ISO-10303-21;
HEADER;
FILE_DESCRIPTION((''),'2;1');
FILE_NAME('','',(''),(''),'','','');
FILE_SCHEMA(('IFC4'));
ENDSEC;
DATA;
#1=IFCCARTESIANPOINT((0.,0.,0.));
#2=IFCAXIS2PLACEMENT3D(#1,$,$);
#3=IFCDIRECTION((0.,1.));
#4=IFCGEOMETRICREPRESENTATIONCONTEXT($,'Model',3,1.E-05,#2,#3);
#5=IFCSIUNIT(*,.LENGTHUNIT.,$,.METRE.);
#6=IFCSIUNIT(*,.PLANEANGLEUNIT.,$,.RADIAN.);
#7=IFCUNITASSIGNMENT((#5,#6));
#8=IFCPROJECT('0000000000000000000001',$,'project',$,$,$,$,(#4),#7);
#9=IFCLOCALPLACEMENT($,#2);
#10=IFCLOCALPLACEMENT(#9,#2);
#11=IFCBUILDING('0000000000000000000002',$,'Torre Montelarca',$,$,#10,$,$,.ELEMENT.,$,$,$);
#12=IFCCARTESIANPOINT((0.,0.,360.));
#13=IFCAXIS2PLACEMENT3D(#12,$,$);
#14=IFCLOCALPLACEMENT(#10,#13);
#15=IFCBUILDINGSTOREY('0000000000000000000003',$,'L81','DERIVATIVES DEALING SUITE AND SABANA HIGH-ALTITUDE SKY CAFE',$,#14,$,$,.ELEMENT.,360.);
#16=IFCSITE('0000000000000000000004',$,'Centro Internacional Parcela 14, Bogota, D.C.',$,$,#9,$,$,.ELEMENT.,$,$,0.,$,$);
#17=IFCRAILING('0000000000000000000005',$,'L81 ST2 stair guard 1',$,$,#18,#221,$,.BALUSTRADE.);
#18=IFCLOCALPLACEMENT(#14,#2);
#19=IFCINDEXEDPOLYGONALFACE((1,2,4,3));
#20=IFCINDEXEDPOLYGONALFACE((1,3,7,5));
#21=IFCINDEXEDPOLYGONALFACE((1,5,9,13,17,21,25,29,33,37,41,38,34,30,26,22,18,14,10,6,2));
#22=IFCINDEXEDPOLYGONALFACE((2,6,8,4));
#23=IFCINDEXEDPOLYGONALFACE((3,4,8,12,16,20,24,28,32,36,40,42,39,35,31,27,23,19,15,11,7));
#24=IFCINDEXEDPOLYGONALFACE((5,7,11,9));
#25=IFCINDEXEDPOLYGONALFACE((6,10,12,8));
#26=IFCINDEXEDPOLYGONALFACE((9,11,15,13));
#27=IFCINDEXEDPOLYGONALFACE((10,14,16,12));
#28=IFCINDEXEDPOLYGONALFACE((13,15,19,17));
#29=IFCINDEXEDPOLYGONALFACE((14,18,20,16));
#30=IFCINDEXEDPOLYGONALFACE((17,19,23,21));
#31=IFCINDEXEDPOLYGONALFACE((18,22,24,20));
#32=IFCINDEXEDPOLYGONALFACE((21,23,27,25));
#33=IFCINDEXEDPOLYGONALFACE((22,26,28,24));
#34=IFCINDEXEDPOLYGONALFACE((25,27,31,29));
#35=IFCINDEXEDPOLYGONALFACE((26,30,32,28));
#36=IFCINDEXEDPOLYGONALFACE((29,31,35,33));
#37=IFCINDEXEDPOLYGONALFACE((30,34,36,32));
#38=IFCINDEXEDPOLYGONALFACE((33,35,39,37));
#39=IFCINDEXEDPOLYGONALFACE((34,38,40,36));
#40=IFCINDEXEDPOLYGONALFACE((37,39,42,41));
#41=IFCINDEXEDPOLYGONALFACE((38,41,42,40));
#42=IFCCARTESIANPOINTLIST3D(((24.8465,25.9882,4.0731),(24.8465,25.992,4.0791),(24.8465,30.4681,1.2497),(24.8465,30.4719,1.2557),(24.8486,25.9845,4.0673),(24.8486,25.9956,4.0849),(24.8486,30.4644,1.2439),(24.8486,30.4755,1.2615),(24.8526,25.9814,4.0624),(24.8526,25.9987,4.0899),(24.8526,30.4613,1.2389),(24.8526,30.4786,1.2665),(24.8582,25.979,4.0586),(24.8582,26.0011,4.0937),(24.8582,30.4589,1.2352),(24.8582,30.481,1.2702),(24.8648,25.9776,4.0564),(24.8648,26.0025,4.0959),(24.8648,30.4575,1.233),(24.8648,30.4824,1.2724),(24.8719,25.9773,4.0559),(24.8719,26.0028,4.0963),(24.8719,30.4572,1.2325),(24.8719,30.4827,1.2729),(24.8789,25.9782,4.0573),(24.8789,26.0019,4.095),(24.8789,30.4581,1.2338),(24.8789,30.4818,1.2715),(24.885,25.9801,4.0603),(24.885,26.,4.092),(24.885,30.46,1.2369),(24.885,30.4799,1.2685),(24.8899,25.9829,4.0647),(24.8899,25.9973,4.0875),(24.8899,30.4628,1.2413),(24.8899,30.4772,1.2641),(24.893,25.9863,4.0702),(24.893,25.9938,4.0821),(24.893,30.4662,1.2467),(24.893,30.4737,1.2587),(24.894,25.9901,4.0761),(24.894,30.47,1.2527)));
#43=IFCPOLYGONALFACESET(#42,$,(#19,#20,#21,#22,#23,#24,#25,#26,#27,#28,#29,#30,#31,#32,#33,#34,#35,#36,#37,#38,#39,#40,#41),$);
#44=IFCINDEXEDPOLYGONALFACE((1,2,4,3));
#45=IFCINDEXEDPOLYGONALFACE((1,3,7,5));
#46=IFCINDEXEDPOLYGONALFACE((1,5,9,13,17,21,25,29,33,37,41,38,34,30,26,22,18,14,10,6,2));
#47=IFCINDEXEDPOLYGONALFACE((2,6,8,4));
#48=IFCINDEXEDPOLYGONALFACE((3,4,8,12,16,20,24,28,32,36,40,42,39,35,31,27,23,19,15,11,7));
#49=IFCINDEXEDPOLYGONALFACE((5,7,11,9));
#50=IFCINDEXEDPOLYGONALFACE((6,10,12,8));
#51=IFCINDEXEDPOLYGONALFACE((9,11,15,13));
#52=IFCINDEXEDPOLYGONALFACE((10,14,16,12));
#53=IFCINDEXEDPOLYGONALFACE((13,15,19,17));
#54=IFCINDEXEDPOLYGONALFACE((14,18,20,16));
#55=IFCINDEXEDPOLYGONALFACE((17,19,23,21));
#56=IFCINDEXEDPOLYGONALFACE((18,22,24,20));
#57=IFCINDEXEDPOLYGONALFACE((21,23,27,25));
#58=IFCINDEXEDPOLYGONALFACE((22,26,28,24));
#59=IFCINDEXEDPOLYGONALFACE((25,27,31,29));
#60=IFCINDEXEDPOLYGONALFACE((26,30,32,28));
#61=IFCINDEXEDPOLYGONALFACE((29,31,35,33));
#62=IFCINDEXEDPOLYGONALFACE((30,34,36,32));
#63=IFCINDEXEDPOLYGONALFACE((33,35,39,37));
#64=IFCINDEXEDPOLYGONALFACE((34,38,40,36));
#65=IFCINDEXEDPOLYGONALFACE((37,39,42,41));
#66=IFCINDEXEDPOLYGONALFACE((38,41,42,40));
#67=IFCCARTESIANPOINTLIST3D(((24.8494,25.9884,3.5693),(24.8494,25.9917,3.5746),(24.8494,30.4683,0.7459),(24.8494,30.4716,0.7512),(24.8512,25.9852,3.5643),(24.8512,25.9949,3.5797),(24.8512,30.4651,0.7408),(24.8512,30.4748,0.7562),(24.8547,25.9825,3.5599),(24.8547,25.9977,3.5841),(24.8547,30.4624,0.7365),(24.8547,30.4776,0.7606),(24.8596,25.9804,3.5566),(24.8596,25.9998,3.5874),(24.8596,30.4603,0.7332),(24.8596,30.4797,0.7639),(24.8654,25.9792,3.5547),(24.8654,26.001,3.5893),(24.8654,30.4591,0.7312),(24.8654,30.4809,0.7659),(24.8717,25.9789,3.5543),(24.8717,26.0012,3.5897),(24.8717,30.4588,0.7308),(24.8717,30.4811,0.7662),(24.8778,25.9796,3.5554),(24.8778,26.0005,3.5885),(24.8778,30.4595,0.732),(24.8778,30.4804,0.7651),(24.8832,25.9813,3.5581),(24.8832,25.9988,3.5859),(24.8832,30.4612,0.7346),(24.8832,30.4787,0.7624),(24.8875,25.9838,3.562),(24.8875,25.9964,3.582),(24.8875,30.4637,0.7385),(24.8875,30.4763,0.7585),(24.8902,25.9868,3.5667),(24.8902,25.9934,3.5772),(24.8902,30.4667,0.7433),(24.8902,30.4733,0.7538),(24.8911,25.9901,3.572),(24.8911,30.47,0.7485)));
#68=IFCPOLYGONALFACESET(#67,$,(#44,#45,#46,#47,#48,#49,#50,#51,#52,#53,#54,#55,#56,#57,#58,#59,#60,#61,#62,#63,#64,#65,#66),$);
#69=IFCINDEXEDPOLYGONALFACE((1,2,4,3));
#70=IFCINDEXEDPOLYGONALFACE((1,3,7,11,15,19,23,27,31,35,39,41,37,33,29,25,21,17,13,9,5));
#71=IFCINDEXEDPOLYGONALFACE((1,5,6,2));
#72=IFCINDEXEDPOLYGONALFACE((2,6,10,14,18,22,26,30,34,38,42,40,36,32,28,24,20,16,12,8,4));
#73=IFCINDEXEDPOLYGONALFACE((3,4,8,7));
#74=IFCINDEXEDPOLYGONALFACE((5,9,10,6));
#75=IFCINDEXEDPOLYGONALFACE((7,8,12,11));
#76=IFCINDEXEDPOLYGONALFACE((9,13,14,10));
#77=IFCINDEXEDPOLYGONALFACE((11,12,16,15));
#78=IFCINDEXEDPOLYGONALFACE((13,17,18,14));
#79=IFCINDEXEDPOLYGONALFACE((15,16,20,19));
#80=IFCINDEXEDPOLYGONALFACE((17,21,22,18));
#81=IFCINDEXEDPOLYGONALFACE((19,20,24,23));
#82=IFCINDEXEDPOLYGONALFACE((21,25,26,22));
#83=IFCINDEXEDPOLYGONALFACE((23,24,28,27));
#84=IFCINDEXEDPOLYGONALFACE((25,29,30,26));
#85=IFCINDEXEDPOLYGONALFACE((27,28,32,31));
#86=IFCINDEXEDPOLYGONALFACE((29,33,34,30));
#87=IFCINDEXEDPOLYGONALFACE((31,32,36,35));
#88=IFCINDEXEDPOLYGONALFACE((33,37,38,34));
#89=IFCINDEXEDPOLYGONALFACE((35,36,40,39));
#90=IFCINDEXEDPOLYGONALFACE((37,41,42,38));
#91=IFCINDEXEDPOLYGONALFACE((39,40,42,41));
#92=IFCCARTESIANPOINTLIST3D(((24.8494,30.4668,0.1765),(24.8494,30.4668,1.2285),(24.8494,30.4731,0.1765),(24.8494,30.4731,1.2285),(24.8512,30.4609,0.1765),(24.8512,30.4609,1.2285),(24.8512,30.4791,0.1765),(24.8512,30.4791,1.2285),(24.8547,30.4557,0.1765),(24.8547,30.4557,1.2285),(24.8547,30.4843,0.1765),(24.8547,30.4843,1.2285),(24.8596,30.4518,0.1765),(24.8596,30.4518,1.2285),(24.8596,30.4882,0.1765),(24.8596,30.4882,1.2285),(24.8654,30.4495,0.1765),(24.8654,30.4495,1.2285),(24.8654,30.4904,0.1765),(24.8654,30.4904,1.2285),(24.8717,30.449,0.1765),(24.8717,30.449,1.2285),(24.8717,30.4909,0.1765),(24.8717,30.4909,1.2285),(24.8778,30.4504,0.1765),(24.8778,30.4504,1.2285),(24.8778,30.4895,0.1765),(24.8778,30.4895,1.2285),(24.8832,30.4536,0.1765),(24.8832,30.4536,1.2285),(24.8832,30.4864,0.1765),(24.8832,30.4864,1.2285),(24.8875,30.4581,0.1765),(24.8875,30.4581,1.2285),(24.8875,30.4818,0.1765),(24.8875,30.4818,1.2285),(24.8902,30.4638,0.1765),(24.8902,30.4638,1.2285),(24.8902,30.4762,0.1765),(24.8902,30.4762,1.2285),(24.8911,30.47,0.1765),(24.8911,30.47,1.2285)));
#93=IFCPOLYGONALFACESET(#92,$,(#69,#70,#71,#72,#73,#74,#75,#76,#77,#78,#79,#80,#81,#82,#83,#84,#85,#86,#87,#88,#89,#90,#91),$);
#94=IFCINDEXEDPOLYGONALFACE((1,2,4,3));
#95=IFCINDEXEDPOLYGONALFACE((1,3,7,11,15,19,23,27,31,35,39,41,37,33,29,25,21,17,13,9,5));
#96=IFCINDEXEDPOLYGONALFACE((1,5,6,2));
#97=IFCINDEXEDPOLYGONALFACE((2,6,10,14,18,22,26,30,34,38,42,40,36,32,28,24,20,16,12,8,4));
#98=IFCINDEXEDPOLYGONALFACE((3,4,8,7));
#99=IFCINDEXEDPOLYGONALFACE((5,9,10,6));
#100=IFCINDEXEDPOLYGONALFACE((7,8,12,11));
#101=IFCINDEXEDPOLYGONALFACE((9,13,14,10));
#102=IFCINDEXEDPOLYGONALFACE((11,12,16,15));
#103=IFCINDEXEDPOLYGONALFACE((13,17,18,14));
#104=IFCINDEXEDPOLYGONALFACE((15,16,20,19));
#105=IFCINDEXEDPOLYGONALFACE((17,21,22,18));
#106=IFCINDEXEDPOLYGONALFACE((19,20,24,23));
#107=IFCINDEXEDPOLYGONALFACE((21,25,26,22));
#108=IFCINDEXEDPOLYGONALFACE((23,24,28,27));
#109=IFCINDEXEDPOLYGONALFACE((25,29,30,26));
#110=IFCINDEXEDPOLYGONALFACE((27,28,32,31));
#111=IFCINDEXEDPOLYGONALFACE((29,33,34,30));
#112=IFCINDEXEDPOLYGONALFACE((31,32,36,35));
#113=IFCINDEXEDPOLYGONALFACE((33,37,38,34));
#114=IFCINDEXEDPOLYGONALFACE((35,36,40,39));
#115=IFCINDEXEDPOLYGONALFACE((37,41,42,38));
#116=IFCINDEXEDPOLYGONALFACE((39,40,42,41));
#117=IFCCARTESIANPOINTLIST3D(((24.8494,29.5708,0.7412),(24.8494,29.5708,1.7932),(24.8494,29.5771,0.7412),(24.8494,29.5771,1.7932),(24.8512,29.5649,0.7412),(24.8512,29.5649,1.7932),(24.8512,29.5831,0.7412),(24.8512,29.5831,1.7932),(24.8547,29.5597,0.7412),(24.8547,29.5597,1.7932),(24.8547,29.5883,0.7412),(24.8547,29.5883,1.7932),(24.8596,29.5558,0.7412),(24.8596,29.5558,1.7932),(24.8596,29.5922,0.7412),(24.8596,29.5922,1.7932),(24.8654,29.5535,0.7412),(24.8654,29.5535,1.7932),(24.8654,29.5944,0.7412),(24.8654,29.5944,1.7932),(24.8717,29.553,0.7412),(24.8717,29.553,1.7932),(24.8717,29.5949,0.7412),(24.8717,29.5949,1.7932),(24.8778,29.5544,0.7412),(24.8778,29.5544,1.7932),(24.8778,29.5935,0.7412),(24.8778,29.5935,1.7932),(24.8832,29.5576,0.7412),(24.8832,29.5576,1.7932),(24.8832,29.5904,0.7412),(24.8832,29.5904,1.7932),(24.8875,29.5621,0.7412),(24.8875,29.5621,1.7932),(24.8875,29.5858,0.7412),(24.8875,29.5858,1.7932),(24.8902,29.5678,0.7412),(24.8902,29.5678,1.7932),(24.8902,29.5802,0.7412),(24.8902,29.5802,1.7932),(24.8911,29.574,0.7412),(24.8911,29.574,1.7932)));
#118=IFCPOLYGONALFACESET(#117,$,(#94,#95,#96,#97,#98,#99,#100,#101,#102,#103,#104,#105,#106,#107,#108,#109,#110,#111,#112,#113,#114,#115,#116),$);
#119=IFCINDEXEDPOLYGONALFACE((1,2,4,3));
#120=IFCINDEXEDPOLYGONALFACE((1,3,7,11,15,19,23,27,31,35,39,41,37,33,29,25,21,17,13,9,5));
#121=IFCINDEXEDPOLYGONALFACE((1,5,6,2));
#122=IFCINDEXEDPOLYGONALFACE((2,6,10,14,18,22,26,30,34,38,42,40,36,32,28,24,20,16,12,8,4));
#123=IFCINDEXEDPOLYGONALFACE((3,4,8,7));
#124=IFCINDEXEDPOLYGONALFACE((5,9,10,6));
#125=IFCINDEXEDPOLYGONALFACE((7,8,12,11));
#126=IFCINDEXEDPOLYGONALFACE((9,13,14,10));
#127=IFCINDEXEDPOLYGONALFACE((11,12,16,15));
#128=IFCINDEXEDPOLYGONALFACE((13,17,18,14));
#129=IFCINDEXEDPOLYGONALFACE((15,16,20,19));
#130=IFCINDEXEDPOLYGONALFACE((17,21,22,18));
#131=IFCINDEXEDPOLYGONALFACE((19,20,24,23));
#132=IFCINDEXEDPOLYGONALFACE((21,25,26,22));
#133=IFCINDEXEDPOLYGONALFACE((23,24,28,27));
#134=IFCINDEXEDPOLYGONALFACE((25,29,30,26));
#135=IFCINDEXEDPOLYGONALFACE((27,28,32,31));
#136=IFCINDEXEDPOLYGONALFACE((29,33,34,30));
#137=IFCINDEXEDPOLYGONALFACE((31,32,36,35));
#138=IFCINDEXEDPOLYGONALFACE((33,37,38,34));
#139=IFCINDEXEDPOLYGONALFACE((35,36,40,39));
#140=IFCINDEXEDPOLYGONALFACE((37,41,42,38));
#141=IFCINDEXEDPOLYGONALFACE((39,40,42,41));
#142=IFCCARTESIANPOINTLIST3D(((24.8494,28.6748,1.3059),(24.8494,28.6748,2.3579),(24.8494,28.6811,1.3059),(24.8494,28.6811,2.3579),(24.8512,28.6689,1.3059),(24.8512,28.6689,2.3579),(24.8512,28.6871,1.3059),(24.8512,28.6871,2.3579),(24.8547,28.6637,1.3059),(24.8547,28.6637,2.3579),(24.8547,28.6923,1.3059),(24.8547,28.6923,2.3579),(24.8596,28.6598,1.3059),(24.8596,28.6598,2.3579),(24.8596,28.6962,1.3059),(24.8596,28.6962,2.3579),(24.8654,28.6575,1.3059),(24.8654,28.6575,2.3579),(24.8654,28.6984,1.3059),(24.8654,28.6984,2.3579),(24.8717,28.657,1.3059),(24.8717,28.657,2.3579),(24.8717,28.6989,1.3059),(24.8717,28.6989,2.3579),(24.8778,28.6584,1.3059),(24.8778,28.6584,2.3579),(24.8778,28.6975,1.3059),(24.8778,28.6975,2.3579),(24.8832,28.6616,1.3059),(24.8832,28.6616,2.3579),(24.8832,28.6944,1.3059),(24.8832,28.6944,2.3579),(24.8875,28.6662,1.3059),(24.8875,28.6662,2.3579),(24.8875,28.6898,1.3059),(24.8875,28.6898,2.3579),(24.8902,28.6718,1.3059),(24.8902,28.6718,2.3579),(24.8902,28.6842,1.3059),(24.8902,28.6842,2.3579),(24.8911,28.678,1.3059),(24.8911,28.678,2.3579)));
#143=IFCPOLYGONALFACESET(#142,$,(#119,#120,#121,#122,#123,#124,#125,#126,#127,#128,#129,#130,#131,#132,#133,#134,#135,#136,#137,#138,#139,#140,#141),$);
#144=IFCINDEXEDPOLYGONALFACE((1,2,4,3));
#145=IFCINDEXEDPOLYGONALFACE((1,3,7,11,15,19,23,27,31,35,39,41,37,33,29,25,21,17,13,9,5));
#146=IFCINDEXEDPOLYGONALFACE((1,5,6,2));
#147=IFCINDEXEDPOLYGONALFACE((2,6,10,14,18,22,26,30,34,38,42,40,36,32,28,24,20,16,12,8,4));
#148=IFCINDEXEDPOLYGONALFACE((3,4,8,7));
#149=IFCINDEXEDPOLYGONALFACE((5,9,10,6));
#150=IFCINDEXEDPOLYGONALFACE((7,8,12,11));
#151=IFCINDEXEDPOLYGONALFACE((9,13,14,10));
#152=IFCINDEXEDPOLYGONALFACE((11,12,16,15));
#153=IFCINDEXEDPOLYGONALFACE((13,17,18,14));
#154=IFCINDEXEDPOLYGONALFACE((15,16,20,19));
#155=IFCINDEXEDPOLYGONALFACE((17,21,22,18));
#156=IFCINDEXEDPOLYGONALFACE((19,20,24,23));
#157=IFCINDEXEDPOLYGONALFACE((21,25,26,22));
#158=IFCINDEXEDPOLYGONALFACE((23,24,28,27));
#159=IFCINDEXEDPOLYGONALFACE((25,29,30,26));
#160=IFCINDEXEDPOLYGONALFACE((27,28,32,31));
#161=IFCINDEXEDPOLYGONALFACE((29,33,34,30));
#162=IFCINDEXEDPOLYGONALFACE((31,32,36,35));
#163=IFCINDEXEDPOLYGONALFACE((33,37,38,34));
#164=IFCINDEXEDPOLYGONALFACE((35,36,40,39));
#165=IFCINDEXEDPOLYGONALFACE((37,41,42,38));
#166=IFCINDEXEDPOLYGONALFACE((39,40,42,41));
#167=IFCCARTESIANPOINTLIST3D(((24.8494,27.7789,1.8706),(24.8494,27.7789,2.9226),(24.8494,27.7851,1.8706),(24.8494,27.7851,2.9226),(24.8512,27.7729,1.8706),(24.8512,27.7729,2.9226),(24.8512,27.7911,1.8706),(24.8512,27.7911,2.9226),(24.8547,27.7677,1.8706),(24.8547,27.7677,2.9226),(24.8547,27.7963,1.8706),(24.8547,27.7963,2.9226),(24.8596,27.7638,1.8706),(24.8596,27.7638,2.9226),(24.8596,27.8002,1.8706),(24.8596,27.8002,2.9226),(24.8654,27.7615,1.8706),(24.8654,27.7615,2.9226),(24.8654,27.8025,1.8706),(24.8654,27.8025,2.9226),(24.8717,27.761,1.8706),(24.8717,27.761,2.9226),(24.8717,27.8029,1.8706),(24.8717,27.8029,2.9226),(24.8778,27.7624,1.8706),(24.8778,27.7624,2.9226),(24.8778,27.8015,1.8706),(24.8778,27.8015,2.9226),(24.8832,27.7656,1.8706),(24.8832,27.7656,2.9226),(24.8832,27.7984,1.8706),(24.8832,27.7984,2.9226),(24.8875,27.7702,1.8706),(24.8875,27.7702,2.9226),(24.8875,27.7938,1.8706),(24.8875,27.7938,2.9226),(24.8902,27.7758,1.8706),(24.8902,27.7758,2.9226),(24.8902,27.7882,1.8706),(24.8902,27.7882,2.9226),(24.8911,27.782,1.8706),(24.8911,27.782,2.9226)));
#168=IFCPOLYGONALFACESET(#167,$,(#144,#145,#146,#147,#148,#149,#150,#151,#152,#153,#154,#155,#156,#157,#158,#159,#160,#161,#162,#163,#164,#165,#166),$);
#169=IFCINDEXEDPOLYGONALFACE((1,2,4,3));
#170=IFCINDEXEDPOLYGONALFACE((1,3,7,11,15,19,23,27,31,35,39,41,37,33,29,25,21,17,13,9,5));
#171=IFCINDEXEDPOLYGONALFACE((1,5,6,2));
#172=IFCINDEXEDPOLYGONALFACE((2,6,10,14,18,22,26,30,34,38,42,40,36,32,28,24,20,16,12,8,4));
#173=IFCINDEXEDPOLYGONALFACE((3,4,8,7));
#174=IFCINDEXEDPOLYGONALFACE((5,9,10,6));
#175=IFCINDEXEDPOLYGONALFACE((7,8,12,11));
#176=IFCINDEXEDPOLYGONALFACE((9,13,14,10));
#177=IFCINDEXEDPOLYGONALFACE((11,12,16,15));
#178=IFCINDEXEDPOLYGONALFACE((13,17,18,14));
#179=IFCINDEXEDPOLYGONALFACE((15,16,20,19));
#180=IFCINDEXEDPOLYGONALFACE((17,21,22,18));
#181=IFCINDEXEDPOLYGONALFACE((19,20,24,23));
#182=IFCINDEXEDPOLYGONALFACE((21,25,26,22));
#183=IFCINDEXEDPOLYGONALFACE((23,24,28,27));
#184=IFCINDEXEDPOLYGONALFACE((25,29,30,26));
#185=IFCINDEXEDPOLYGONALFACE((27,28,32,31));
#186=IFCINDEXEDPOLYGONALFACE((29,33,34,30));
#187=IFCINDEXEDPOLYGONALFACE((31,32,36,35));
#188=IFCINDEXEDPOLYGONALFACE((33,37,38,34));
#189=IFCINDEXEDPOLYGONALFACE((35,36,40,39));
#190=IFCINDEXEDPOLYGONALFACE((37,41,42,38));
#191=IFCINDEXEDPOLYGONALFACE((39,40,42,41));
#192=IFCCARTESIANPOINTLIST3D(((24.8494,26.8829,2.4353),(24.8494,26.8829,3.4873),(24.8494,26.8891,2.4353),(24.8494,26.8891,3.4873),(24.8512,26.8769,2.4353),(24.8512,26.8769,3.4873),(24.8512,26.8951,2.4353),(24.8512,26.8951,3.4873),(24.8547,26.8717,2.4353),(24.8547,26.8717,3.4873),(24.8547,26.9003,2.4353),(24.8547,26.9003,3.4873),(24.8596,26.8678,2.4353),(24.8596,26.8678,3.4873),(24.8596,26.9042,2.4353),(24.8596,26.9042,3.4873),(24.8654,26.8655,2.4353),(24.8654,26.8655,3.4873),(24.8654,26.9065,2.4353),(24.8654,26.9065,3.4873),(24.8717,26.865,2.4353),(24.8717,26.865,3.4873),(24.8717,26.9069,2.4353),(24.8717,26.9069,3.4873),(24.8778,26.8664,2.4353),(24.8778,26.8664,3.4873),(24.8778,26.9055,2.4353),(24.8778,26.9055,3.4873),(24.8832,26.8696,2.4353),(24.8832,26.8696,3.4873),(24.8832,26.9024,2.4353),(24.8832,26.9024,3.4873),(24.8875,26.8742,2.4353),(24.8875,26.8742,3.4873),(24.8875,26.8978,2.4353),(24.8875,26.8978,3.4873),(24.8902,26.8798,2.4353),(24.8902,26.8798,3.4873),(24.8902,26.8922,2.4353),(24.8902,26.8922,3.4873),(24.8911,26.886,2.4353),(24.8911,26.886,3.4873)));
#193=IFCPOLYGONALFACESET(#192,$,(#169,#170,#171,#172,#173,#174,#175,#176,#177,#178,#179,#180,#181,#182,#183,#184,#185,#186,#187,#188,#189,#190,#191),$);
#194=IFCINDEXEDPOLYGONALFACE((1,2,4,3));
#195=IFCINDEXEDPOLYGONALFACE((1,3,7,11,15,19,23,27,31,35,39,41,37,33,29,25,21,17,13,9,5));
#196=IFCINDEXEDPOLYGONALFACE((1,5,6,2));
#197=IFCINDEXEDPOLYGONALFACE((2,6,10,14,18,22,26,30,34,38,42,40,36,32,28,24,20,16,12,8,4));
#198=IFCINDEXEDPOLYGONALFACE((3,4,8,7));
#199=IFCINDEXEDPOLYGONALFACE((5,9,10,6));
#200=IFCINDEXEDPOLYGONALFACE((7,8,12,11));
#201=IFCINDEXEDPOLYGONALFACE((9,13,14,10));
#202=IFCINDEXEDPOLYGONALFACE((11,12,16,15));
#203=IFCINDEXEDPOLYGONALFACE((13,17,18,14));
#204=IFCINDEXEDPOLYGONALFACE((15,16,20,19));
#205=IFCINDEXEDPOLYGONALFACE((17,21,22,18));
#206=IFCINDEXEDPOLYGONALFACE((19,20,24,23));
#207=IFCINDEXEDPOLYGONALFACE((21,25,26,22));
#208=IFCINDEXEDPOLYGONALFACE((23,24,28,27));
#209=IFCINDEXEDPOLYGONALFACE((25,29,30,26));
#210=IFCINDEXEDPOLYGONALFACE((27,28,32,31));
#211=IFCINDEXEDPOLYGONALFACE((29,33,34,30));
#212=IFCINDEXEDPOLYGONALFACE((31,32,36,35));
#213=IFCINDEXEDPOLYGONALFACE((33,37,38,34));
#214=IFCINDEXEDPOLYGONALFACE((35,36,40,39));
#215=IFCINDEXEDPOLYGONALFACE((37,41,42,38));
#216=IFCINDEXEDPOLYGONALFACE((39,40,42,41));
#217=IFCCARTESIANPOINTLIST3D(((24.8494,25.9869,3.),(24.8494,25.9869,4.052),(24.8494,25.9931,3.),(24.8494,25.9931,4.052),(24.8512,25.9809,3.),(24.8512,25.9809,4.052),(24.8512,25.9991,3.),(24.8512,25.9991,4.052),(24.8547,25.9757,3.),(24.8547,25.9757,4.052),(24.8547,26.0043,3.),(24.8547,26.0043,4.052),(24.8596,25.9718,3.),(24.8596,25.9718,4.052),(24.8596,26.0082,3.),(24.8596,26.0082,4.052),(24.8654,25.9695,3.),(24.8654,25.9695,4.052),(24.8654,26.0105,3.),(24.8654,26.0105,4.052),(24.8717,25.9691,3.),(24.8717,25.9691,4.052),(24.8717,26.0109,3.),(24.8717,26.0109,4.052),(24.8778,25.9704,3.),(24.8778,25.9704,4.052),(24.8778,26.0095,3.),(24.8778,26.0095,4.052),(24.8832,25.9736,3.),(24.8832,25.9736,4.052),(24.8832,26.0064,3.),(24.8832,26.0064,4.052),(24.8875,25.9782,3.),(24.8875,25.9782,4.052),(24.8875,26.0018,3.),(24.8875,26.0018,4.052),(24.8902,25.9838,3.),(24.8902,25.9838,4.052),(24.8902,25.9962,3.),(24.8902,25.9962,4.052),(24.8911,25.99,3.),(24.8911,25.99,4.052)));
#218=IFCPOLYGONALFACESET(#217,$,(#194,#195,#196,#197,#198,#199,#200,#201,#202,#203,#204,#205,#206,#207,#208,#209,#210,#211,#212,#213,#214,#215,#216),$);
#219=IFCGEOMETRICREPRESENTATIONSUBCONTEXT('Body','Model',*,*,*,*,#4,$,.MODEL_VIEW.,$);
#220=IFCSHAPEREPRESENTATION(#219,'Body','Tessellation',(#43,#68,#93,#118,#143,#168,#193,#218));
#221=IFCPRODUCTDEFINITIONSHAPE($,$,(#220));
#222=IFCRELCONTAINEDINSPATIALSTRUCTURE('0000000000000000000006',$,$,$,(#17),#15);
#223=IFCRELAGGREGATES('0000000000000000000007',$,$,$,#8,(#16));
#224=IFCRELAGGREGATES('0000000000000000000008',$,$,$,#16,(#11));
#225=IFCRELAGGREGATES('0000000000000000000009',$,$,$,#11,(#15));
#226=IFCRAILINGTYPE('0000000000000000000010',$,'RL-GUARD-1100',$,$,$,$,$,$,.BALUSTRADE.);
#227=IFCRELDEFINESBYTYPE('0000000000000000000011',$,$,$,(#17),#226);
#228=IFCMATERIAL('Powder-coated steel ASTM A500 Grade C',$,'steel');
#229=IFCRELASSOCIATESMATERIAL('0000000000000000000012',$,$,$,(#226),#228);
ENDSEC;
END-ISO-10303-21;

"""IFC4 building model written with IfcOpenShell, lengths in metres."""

from ifc_helpers import new_model, si_unit, direction, frame, origin, origin_2d, place, context, subcontext, project, spatial, circle, extrude, material, type_object, element, save


model = new_model("IFC4")

# Units and contexts
model_context = context("Model", 3, precision=1e-05, world=origin(), true_north=direction((0.0, 1.0)))
body_context = subcontext(model_context, "Body", "Model", "MODEL_VIEW")
ifc_project = project(units=[si_unit("LENGTHUNIT", "METRE"), si_unit("PLANEANGLEUNIT", "RADIAN")], contexts=[model_context])

# Site, building, storey
site_placement = place(None, origin())
site = spatial("IfcSite", under=ifc_project, at=site_placement, Name="Centro Internacional Parcela 14, Bogota, D.C.", CompositionType="ELEMENT", RefElevation=0.0)
building_placement = place(site_placement, origin())
building = spatial("IfcBuilding", under=site, at=building_placement, Name="Torre Montelarca", CompositionType="ELEMENT")
storey_placement = place(building_placement, frame((0.0, 0.0, 360.0)))
storey = spatial("IfcBuildingStorey", under=building, at=storey_placement, Name="L81", Description="DERIVATIVES DEALING SUITE AND SABANA HIGH-ALTITUDE SKY CAFE", CompositionType="ELEMENT", Elevation=360.0)

# Railing
ifc_material_1 = material(Name="Powder-coated steel ASTM A500 Grade C", Category="steel")
railing_type_1 = type_object("IfcRailingType", Name="RL-GUARD-1100", PredefinedType="BALUSTRADE", material=ifc_material_1)
railing_1_placement = place(storey_placement, frame((24.8701, 30.47, 0.1765)))
element("IfcRailing", 1, at=railing_1_placement, inside=storey, type_object=railing_type_1, Name="L81 ST2 stair guard 1", PredefinedType="BALUSTRADE", context=body_context, shape_type="SweptSolid", body=[
    extrude(circle(Radius=0.0239, at=origin_2d()), frame((0.0, 0.0, 1.0762), z_axis=(0.0, -0.845998, 0.533186), x_axis=(1.0, 0.0, 0.0)), (0.0, 0.0, 1.0), 5.2954),
    extrude(circle(Radius=0.021, at=origin_2d()), frame((0.0, 0.0, 0.572), z_axis=(0.0, -0.845998, 0.533186), x_axis=(1.0, 0.0, 0.0)), (0.0, 0.0, 1.0), 5.2954),
    extrude(circle(Radius=0.021, at=origin_2d()), origin(), (0.0, 0.0, 1.0), 1.052),
    extrude(circle(Radius=0.021, at=origin_2d()), frame((0.0, -0.896, 0.5647)), (0.0, 0.0, 1.0), 1.052),
    extrude(circle(Radius=0.021, at=origin_2d()), frame((0.0, -1.792, 1.1294)), (0.0, 0.0, 1.0), 1.052),
    extrude(circle(Radius=0.021, at=origin_2d()), frame((0.0, -2.688, 1.6941)), (0.0, 0.0, 1.0), 1.052),
    extrude(circle(Radius=0.021, at=origin_2d()), frame((0.0, -3.584, 2.2588)), (0.0, 0.0, 1.0), 1.052),
    extrude(circle(Radius=0.021, at=origin_2d()), frame((0.0, -4.48, 2.8235)), (0.0, 0.0, 1.0), 1.052),
])

save(model, "model.ifc")
